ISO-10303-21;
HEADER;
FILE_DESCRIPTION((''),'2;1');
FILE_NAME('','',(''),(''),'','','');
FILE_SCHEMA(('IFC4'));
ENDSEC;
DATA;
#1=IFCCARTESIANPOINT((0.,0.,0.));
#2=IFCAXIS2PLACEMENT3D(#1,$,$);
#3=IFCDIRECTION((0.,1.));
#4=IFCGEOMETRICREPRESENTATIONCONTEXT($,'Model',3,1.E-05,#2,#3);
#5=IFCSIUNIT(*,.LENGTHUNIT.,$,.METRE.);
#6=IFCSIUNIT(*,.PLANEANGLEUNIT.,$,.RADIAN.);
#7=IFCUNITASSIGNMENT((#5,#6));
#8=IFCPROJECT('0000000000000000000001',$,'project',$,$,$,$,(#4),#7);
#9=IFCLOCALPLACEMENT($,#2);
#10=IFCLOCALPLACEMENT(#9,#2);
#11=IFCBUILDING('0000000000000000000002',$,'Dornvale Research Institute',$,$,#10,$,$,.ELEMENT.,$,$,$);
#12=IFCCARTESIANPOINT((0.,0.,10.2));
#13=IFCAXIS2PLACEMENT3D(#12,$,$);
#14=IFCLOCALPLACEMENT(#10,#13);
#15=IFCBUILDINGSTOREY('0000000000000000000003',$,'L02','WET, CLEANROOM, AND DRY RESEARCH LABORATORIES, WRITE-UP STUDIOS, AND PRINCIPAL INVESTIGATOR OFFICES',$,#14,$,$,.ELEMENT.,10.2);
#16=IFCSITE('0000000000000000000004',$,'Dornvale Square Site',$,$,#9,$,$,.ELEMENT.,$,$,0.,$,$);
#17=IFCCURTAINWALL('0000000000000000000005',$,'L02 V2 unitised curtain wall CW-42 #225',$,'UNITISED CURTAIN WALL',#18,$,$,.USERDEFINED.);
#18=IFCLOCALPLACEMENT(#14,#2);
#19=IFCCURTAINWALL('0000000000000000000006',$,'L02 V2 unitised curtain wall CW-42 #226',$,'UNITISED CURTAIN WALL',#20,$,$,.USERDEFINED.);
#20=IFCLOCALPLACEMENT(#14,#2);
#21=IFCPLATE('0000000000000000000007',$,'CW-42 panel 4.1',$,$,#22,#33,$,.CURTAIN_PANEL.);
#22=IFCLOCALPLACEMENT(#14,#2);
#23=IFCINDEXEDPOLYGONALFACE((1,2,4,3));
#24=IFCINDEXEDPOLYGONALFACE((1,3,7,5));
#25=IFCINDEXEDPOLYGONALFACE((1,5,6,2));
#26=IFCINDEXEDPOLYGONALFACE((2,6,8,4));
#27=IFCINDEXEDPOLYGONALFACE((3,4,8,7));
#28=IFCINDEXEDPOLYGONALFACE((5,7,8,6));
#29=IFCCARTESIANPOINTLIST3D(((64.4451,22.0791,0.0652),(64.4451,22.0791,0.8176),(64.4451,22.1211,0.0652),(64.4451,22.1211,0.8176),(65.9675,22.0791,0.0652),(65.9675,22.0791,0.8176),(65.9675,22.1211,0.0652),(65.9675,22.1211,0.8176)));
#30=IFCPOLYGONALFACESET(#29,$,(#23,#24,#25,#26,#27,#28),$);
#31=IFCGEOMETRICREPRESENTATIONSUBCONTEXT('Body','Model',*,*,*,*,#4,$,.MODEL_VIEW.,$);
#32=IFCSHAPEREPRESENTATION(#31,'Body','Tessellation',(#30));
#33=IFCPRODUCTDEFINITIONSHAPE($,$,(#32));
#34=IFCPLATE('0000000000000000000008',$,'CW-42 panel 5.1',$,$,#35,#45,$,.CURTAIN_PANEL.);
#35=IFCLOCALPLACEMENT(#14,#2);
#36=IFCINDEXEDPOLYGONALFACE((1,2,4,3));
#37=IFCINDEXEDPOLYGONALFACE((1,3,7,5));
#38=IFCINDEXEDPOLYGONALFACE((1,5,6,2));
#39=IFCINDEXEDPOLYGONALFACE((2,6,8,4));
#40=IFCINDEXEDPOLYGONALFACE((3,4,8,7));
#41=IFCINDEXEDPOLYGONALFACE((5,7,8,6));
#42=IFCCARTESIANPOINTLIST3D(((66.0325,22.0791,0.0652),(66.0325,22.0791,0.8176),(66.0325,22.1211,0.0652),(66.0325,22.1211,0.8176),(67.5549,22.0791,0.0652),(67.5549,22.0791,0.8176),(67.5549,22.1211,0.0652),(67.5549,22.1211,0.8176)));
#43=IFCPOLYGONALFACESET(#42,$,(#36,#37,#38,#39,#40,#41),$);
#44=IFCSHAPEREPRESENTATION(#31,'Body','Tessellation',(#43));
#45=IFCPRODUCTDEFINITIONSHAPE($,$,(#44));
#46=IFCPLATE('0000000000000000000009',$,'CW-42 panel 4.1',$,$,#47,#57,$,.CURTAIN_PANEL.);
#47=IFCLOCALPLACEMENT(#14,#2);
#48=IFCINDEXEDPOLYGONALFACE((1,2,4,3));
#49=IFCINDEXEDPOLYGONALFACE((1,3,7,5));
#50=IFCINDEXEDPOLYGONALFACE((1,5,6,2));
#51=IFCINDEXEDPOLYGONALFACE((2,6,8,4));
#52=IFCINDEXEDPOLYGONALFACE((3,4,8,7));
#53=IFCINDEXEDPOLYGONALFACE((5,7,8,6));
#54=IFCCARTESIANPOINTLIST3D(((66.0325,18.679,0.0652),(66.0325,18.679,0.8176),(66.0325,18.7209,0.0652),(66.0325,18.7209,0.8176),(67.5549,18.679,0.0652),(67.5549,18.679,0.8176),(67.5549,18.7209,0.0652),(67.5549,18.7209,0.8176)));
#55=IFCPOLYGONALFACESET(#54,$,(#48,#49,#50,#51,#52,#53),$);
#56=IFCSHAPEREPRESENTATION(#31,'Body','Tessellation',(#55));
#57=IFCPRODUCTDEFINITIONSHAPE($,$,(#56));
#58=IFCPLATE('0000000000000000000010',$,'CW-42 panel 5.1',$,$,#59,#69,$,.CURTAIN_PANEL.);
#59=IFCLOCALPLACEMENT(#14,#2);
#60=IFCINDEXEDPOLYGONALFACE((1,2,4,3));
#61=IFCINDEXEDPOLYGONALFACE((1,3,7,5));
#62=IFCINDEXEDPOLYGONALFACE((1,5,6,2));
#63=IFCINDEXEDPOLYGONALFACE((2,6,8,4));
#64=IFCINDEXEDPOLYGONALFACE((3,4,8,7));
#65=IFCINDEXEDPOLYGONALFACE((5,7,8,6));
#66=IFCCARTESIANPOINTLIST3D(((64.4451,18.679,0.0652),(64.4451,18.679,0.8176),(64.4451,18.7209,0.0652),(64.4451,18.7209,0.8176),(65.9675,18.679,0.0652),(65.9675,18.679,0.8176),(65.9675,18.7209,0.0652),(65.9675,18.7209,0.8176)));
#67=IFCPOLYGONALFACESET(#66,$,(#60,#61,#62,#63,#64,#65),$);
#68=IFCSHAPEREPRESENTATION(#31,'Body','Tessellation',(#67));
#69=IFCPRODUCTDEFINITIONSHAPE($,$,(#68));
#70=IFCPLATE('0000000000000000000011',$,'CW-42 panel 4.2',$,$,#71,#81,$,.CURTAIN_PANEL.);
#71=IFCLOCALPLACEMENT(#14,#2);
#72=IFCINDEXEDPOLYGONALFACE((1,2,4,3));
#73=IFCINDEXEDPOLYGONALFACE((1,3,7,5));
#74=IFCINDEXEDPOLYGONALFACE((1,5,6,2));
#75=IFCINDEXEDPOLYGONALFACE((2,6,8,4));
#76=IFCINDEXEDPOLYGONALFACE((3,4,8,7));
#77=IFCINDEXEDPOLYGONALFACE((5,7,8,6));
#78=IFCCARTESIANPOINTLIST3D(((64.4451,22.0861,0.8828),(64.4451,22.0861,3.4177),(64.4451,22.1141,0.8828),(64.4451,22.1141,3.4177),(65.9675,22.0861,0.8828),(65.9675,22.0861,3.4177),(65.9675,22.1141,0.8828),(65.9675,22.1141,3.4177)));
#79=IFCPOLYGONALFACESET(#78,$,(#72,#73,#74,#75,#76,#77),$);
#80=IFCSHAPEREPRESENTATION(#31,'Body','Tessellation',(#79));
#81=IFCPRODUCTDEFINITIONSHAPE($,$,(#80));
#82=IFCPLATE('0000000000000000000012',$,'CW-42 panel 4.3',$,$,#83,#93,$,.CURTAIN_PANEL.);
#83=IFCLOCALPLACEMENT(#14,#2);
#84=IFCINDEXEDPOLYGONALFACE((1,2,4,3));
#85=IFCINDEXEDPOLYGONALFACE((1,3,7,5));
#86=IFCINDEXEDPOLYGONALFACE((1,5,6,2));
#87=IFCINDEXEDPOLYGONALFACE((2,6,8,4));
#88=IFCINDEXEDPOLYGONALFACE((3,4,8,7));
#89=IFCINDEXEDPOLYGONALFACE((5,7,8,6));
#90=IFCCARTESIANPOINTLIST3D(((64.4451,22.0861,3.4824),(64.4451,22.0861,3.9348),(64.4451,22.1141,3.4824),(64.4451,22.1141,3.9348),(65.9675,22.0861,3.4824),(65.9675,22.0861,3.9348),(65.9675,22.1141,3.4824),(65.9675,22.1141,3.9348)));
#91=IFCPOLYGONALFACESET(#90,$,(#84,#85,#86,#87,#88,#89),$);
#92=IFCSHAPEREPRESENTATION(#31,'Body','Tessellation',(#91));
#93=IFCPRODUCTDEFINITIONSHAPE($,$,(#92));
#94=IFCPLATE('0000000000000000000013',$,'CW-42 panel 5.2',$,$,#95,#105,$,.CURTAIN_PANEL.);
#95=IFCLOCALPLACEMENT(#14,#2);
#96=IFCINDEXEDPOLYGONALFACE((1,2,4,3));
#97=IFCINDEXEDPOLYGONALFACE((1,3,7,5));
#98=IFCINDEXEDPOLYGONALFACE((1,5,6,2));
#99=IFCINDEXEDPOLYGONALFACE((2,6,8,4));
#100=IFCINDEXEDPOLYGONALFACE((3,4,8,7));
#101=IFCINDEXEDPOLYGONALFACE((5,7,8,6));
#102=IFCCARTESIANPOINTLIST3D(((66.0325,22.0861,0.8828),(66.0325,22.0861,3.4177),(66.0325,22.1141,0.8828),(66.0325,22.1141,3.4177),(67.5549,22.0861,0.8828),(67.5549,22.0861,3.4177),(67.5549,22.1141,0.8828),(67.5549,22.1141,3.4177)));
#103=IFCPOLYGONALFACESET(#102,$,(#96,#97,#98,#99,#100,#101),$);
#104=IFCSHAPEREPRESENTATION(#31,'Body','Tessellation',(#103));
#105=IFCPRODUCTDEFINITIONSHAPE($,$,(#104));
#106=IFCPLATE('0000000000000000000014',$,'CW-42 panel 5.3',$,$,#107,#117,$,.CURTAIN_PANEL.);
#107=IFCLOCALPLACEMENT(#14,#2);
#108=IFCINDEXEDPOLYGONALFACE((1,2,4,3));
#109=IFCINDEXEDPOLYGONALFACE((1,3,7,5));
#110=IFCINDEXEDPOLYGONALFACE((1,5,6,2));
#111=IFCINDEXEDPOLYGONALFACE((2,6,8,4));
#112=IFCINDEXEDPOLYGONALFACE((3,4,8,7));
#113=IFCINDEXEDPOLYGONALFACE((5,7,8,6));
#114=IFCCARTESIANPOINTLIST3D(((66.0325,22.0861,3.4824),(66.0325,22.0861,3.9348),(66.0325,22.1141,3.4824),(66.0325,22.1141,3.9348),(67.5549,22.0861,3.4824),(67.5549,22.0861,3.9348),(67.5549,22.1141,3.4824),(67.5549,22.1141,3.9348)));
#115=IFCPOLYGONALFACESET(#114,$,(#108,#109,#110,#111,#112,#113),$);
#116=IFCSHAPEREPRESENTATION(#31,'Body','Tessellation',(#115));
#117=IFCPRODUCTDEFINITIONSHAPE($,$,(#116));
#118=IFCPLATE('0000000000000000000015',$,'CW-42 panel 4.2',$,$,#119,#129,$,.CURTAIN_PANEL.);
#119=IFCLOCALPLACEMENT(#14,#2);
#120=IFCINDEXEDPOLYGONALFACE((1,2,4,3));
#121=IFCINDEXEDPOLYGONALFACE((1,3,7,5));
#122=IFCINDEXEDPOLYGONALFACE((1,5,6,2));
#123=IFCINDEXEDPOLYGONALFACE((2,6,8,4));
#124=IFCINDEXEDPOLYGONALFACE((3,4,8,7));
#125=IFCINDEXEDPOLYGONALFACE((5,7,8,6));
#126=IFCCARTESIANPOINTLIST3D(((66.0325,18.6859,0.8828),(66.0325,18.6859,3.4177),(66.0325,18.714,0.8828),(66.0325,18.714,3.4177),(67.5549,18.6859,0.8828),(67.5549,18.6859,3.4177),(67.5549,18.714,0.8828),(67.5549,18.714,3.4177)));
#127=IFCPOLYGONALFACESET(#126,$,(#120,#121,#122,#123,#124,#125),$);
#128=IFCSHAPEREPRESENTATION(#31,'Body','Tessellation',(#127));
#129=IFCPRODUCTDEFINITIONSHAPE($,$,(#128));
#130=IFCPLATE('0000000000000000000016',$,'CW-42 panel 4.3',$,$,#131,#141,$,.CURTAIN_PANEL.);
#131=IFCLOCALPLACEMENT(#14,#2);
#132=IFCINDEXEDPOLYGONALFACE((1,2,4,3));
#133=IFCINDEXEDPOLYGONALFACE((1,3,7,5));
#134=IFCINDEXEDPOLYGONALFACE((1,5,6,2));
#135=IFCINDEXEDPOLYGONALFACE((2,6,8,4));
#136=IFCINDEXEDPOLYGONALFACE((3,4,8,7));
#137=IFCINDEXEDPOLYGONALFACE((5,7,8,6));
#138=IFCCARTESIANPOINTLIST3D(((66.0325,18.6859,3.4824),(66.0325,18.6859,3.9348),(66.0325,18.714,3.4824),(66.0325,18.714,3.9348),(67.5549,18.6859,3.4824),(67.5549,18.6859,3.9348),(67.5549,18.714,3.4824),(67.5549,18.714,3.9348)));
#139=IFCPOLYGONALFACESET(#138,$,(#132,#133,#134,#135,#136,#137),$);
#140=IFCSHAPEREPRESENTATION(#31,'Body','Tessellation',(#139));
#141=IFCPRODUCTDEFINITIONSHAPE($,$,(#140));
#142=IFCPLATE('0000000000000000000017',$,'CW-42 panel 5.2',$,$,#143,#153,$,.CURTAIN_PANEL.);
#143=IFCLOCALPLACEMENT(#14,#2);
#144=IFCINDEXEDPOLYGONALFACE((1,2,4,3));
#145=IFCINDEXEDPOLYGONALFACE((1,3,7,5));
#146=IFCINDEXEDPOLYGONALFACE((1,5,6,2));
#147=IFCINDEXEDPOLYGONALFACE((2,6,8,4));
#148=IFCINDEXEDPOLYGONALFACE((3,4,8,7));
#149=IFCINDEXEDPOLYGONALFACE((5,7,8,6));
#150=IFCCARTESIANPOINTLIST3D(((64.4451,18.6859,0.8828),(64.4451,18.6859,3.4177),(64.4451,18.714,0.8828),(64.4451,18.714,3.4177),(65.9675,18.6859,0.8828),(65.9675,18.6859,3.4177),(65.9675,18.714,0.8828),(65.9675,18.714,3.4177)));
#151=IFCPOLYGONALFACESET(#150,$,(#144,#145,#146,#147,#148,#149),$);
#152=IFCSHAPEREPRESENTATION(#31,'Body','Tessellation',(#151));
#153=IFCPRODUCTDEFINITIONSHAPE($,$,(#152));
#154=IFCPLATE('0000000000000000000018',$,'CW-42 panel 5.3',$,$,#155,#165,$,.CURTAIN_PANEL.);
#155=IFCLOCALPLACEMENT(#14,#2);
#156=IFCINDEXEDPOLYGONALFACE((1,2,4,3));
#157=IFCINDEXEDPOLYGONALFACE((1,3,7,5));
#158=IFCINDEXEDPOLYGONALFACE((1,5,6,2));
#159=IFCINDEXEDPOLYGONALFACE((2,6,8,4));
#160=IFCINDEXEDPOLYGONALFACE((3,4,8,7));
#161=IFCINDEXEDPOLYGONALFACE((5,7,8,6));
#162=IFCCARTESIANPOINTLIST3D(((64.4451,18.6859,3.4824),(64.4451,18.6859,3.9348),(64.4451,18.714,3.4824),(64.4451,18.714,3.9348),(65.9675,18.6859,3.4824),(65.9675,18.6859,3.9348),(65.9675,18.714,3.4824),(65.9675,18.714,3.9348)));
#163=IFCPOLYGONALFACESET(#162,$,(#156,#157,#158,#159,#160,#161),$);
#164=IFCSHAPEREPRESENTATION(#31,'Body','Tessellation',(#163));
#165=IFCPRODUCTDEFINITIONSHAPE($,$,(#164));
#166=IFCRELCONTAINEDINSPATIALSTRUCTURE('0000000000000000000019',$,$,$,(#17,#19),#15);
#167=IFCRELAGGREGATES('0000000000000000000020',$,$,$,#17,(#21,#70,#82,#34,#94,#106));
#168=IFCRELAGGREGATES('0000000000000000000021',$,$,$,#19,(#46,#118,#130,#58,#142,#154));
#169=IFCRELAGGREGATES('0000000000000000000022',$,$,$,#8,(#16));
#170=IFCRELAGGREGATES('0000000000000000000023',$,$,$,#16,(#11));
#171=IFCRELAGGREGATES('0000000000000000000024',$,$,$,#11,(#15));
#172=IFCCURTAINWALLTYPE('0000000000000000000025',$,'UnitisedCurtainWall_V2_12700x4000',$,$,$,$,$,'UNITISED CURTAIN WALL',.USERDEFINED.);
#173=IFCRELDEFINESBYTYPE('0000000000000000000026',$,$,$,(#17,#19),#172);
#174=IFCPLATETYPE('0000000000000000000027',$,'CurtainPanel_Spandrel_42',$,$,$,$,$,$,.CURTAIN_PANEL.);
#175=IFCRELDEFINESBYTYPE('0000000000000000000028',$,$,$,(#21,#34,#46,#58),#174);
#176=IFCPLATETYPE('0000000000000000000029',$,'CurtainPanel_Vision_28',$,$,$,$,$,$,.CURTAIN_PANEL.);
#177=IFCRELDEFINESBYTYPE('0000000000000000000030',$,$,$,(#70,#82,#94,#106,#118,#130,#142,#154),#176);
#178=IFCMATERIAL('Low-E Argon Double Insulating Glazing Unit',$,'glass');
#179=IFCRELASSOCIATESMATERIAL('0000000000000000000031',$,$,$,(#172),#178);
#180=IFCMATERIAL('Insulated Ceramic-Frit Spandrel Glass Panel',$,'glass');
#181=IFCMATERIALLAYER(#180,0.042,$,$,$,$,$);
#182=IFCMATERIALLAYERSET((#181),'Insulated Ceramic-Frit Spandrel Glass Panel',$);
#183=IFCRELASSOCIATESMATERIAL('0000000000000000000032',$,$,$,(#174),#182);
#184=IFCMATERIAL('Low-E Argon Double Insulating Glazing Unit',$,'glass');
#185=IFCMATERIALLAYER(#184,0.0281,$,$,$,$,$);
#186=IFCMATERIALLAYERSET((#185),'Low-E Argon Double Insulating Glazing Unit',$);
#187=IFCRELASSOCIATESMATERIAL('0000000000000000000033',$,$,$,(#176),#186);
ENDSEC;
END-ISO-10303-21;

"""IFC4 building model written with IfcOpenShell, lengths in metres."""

from ifc_helpers import new_model, si_unit, direction, frame, origin, origin_2d, place, context, subcontext, project, spatial, rectangle, extrude, material, layer, layer_set, type_object, element, aggregate, save


model = new_model("IFC4")

# Units and contexts
model_context = context("Model", 3, precision=1e-05, world=origin(), true_north=direction((0.0, 1.0)))
body_context = subcontext(model_context, "Body", "Model", "MODEL_VIEW")
ifc_project = project(units=[si_unit("LENGTHUNIT", "METRE"), si_unit("PLANEANGLEUNIT", "RADIAN")], contexts=[model_context])

# Site, building, storey
site_placement = place(None, origin())
site = spatial("IfcSite", under=ifc_project, at=site_placement, Name="Dornvale Square Site", CompositionType="ELEMENT", RefElevation=0.0)
building_placement = place(site_placement, origin())
building = spatial("IfcBuilding", under=site, at=building_placement, Name="Dornvale Research Institute", CompositionType="ELEMENT")
storey_placement = place(building_placement, frame((0.0, 0.0, 10.2)))
storey = spatial("IfcBuildingStorey", under=building, at=storey_placement, Name="L02", Description="WET, CLEANROOM, AND DRY RESEARCH LABORATORIES, WRITE-UP STUDIOS, AND PRINCIPAL INVESTIGATOR OFFICES", CompositionType="ELEMENT", Elevation=10.2)

# Curtain walls
ifc_material_1 = material(Name="Low-E Argon Double Insulating Glazing Unit", Category="glass")
curtain_wall_type = type_object("IfcCurtainWallType", Name="UnitisedCurtainWall_V2_12700x4000", ElementType="UNITISED CURTAIN WALL", PredefinedType="USERDEFINED", material=ifc_material_1)
curtain_wall_1_placement = place(storey_placement, origin())
curtain_wall_1 = element("IfcCurtainWall", 1, at=curtain_wall_1_placement, inside=storey, type_object=curtain_wall_type, Name="L02 V2 unitised curtain wall CW-42 #225", ObjectType="UNITISED CURTAIN WALL", PredefinedType="USERDEFINED")
curtain_wall_2_placement = place(storey_placement, origin())
curtain_wall_2 = element("IfcCurtainWall", 2, at=curtain_wall_2_placement, inside=storey, type_object=curtain_wall_type, Name="L02 V2 unitised curtain wall CW-42 #226", ObjectType="UNITISED CURTAIN WALL", PredefinedType="USERDEFINED")

# Plates
ifc_material_2 = material(Name="Insulated Ceramic-Frit Spandrel Glass Panel", Category="glass")
ifc_layer_1 = layer(ifc_material_2, 0.042)
ifc_layer_set_1 = layer_set([ifc_layer_1], Name="Insulated Ceramic-Frit Spandrel Glass Panel")
plate_type_1 = type_object("IfcPlateType", Name="CurtainPanel_Spandrel_42", PredefinedType="CURTAIN_PANEL", material=ifc_layer_set_1)
plate_1_placement = place(storey_placement, frame((65.2063, 22.1001, 0.0652), z_axis=(0.0, 0.0, 1.0), x_axis=(1.0, 0.0, 0.0)))
plate_1 = element("IfcPlate", 3, at=plate_1_placement, type_object=plate_type_1, Name="CW-42 panel 4.1", PredefinedType="CURTAIN_PANEL", context=body_context, shape_type="SweptSolid", body=[
    extrude(rectangle(XDim=1.5225, YDim=0.042, at=origin_2d()), origin(), (0.0, 0.0, 1.0), 0.7524),
])
plate_2_placement = place(storey_placement, frame((66.7937, 22.1001, 0.0652), z_axis=(0.0, 0.0, 1.0), x_axis=(1.0, 0.0, 0.0)))
plate_2 = element("IfcPlate", 4, at=plate_2_placement, type_object=plate_type_1, Name="CW-42 panel 5.1", PredefinedType="CURTAIN_PANEL", context=body_context, shape_type="SweptSolid", body=[
    extrude(rectangle(XDim=1.5225, YDim=0.042, at=origin_2d()), origin(), (0.0, 0.0, 1.0), 0.7524),
])
plate_3_placement = place(storey_placement, frame((66.7937, 18.7, 0.0652), z_axis=(0.0, 0.0, 1.0), x_axis=(-1.0, 0.0, 0.0)))
plate_3 = element("IfcPlate", 5, at=plate_3_placement, type_object=plate_type_1, Name="CW-42 panel 4.1", PredefinedType="CURTAIN_PANEL", context=body_context, shape_type="SweptSolid", body=[
    extrude(rectangle(XDim=1.5225, YDim=0.042, at=origin_2d()), origin(), (0.0, 0.0, 1.0), 0.7524),
])
plate_4_placement = place(storey_placement, frame((65.2063, 18.7, 0.0652), z_axis=(0.0, 0.0, 1.0), x_axis=(-1.0, 0.0, 0.0)))
plate_4 = element("IfcPlate", 6, at=plate_4_placement, type_object=plate_type_1, Name="CW-42 panel 5.1", PredefinedType="CURTAIN_PANEL", context=body_context, shape_type="SweptSolid", body=[
    extrude(rectangle(XDim=1.5225, YDim=0.042, at=origin_2d()), origin(), (0.0, 0.0, 1.0), 0.7524),
])
ifc_material_3 = material(Name="Low-E Argon Double Insulating Glazing Unit", Category="glass")
ifc_layer_2 = layer(ifc_material_3, 0.0281)
ifc_layer_set_2 = layer_set([ifc_layer_2], Name="Low-E Argon Double Insulating Glazing Unit")
plate_type_2 = type_object("IfcPlateType", Name="CurtainPanel_Vision_28", PredefinedType="CURTAIN_PANEL", material=ifc_layer_set_2)
plate_5_placement = place(storey_placement, frame((65.2063, 22.1001, 0.8828), z_axis=(0.0, 0.0, 1.0), x_axis=(1.0, 0.0, 0.0)))
plate_5 = element("IfcPlate", 7, at=plate_5_placement, type_object=plate_type_2, Name="CW-42 panel 4.2", PredefinedType="CURTAIN_PANEL", context=body_context, shape_type="SweptSolid", body=[
    extrude(rectangle(XDim=1.5225, YDim=0.0281, at=origin_2d()), origin(), (0.0, 0.0, 1.0), 2.5349),
])
plate_6_placement = place(storey_placement, frame((65.2063, 22.1001, 3.4824), z_axis=(0.0, 0.0, 1.0), x_axis=(1.0, 0.0, 0.0)))
plate_6 = element("IfcPlate", 8, at=plate_6_placement, type_object=plate_type_2, Name="CW-42 panel 4.3", PredefinedType="CURTAIN_PANEL", context=body_context, shape_type="SweptSolid", body=[
    extrude(rectangle(XDim=1.5225, YDim=0.0281, at=origin_2d()), origin(), (0.0, 0.0, 1.0), 0.4524),
])
plate_7_placement = place(storey_placement, frame((66.7937, 22.1001, 0.8828), z_axis=(0.0, 0.0, 1.0), x_axis=(1.0, 0.0, 0.0)))
plate_7 = element("IfcPlate", 9, at=plate_7_placement, type_object=plate_type_2, Name="CW-42 panel 5.2", PredefinedType="CURTAIN_PANEL", context=body_context, shape_type="SweptSolid", body=[
    extrude(rectangle(XDim=1.5225, YDim=0.0281, at=origin_2d()), origin(), (0.0, 0.0, 1.0), 2.5349),
])
plate_8_placement = place(storey_placement, frame((66.7937, 22.1001, 3.4824), z_axis=(0.0, 0.0, 1.0), x_axis=(1.0, 0.0, 0.0)))
plate_8 = element("IfcPlate", 10, at=plate_8_placement, type_object=plate_type_2, Name="CW-42 panel 5.3", PredefinedType="CURTAIN_PANEL", context=body_context, shape_type="SweptSolid", body=[
    extrude(rectangle(XDim=1.5225, YDim=0.0281, at=origin_2d()), origin(), (0.0, 0.0, 1.0), 0.4524),
])
aggregate(curtain_wall_1, [plate_1, plate_5, plate_6, plate_2, plate_7, plate_8])
plate_9_placement = place(storey_placement, frame((66.7937, 18.7, 0.8828), z_axis=(0.0, 0.0, 1.0), x_axis=(-1.0, 0.0, 0.0)))
plate_9 = element("IfcPlate", 11, at=plate_9_placement, type_object=plate_type_2, Name="CW-42 panel 4.2", PredefinedType="CURTAIN_PANEL", context=body_context, shape_type="SweptSolid", body=[
    extrude(rectangle(XDim=1.5225, YDim=0.0281, at=origin_2d()), origin(), (0.0, 0.0, 1.0), 2.5349),
])
plate_10_placement = place(storey_placement, frame((66.7937, 18.7, 3.4824), z_axis=(0.0, 0.0, 1.0), x_axis=(-1.0, 0.0, 0.0)))
plate_10 = element("IfcPlate", 12, at=plate_10_placement, type_object=plate_type_2, Name="CW-42 panel 4.3", PredefinedType="CURTAIN_PANEL", context=body_context, shape_type="SweptSolid", body=[
    extrude(rectangle(XDim=1.5225, YDim=0.0281, at=origin_2d()), origin(), (0.0, 0.0, 1.0), 0.4524),
])
plate_11_placement = place(storey_placement, frame((65.2063, 18.7, 0.8828), z_axis=(0.0, 0.0, 1.0), x_axis=(-1.0, 0.0, 0.0)))
plate_11 = element("IfcPlate", 13, at=plate_11_placement, type_object=plate_type_2, Name="CW-42 panel 5.2", PredefinedType="CURTAIN_PANEL", context=body_context, shape_type="SweptSolid", body=[
    extrude(rectangle(XDim=1.5225, YDim=0.0281, at=origin_2d()), origin(), (0.0, 0.0, 1.0), 2.5349),
])
plate_12_placement = place(storey_placement, frame((65.2063, 18.7, 3.4824), z_axis=(0.0, 0.0, 1.0), x_axis=(-1.0, 0.0, 0.0)))
plate_12 = element("IfcPlate", 14, at=plate_12_placement, type_object=plate_type_2, Name="CW-42 panel 5.3", PredefinedType="CURTAIN_PANEL", context=body_context, shape_type="SweptSolid", body=[
    extrude(rectangle(XDim=1.5225, YDim=0.0281, at=origin_2d()), origin(), (0.0, 0.0, 1.0), 0.4524),
])
aggregate(curtain_wall_2, [plate_3, plate_9, plate_10, plate_4, plate_11, plate_12])

save(model, "model.ifc")
